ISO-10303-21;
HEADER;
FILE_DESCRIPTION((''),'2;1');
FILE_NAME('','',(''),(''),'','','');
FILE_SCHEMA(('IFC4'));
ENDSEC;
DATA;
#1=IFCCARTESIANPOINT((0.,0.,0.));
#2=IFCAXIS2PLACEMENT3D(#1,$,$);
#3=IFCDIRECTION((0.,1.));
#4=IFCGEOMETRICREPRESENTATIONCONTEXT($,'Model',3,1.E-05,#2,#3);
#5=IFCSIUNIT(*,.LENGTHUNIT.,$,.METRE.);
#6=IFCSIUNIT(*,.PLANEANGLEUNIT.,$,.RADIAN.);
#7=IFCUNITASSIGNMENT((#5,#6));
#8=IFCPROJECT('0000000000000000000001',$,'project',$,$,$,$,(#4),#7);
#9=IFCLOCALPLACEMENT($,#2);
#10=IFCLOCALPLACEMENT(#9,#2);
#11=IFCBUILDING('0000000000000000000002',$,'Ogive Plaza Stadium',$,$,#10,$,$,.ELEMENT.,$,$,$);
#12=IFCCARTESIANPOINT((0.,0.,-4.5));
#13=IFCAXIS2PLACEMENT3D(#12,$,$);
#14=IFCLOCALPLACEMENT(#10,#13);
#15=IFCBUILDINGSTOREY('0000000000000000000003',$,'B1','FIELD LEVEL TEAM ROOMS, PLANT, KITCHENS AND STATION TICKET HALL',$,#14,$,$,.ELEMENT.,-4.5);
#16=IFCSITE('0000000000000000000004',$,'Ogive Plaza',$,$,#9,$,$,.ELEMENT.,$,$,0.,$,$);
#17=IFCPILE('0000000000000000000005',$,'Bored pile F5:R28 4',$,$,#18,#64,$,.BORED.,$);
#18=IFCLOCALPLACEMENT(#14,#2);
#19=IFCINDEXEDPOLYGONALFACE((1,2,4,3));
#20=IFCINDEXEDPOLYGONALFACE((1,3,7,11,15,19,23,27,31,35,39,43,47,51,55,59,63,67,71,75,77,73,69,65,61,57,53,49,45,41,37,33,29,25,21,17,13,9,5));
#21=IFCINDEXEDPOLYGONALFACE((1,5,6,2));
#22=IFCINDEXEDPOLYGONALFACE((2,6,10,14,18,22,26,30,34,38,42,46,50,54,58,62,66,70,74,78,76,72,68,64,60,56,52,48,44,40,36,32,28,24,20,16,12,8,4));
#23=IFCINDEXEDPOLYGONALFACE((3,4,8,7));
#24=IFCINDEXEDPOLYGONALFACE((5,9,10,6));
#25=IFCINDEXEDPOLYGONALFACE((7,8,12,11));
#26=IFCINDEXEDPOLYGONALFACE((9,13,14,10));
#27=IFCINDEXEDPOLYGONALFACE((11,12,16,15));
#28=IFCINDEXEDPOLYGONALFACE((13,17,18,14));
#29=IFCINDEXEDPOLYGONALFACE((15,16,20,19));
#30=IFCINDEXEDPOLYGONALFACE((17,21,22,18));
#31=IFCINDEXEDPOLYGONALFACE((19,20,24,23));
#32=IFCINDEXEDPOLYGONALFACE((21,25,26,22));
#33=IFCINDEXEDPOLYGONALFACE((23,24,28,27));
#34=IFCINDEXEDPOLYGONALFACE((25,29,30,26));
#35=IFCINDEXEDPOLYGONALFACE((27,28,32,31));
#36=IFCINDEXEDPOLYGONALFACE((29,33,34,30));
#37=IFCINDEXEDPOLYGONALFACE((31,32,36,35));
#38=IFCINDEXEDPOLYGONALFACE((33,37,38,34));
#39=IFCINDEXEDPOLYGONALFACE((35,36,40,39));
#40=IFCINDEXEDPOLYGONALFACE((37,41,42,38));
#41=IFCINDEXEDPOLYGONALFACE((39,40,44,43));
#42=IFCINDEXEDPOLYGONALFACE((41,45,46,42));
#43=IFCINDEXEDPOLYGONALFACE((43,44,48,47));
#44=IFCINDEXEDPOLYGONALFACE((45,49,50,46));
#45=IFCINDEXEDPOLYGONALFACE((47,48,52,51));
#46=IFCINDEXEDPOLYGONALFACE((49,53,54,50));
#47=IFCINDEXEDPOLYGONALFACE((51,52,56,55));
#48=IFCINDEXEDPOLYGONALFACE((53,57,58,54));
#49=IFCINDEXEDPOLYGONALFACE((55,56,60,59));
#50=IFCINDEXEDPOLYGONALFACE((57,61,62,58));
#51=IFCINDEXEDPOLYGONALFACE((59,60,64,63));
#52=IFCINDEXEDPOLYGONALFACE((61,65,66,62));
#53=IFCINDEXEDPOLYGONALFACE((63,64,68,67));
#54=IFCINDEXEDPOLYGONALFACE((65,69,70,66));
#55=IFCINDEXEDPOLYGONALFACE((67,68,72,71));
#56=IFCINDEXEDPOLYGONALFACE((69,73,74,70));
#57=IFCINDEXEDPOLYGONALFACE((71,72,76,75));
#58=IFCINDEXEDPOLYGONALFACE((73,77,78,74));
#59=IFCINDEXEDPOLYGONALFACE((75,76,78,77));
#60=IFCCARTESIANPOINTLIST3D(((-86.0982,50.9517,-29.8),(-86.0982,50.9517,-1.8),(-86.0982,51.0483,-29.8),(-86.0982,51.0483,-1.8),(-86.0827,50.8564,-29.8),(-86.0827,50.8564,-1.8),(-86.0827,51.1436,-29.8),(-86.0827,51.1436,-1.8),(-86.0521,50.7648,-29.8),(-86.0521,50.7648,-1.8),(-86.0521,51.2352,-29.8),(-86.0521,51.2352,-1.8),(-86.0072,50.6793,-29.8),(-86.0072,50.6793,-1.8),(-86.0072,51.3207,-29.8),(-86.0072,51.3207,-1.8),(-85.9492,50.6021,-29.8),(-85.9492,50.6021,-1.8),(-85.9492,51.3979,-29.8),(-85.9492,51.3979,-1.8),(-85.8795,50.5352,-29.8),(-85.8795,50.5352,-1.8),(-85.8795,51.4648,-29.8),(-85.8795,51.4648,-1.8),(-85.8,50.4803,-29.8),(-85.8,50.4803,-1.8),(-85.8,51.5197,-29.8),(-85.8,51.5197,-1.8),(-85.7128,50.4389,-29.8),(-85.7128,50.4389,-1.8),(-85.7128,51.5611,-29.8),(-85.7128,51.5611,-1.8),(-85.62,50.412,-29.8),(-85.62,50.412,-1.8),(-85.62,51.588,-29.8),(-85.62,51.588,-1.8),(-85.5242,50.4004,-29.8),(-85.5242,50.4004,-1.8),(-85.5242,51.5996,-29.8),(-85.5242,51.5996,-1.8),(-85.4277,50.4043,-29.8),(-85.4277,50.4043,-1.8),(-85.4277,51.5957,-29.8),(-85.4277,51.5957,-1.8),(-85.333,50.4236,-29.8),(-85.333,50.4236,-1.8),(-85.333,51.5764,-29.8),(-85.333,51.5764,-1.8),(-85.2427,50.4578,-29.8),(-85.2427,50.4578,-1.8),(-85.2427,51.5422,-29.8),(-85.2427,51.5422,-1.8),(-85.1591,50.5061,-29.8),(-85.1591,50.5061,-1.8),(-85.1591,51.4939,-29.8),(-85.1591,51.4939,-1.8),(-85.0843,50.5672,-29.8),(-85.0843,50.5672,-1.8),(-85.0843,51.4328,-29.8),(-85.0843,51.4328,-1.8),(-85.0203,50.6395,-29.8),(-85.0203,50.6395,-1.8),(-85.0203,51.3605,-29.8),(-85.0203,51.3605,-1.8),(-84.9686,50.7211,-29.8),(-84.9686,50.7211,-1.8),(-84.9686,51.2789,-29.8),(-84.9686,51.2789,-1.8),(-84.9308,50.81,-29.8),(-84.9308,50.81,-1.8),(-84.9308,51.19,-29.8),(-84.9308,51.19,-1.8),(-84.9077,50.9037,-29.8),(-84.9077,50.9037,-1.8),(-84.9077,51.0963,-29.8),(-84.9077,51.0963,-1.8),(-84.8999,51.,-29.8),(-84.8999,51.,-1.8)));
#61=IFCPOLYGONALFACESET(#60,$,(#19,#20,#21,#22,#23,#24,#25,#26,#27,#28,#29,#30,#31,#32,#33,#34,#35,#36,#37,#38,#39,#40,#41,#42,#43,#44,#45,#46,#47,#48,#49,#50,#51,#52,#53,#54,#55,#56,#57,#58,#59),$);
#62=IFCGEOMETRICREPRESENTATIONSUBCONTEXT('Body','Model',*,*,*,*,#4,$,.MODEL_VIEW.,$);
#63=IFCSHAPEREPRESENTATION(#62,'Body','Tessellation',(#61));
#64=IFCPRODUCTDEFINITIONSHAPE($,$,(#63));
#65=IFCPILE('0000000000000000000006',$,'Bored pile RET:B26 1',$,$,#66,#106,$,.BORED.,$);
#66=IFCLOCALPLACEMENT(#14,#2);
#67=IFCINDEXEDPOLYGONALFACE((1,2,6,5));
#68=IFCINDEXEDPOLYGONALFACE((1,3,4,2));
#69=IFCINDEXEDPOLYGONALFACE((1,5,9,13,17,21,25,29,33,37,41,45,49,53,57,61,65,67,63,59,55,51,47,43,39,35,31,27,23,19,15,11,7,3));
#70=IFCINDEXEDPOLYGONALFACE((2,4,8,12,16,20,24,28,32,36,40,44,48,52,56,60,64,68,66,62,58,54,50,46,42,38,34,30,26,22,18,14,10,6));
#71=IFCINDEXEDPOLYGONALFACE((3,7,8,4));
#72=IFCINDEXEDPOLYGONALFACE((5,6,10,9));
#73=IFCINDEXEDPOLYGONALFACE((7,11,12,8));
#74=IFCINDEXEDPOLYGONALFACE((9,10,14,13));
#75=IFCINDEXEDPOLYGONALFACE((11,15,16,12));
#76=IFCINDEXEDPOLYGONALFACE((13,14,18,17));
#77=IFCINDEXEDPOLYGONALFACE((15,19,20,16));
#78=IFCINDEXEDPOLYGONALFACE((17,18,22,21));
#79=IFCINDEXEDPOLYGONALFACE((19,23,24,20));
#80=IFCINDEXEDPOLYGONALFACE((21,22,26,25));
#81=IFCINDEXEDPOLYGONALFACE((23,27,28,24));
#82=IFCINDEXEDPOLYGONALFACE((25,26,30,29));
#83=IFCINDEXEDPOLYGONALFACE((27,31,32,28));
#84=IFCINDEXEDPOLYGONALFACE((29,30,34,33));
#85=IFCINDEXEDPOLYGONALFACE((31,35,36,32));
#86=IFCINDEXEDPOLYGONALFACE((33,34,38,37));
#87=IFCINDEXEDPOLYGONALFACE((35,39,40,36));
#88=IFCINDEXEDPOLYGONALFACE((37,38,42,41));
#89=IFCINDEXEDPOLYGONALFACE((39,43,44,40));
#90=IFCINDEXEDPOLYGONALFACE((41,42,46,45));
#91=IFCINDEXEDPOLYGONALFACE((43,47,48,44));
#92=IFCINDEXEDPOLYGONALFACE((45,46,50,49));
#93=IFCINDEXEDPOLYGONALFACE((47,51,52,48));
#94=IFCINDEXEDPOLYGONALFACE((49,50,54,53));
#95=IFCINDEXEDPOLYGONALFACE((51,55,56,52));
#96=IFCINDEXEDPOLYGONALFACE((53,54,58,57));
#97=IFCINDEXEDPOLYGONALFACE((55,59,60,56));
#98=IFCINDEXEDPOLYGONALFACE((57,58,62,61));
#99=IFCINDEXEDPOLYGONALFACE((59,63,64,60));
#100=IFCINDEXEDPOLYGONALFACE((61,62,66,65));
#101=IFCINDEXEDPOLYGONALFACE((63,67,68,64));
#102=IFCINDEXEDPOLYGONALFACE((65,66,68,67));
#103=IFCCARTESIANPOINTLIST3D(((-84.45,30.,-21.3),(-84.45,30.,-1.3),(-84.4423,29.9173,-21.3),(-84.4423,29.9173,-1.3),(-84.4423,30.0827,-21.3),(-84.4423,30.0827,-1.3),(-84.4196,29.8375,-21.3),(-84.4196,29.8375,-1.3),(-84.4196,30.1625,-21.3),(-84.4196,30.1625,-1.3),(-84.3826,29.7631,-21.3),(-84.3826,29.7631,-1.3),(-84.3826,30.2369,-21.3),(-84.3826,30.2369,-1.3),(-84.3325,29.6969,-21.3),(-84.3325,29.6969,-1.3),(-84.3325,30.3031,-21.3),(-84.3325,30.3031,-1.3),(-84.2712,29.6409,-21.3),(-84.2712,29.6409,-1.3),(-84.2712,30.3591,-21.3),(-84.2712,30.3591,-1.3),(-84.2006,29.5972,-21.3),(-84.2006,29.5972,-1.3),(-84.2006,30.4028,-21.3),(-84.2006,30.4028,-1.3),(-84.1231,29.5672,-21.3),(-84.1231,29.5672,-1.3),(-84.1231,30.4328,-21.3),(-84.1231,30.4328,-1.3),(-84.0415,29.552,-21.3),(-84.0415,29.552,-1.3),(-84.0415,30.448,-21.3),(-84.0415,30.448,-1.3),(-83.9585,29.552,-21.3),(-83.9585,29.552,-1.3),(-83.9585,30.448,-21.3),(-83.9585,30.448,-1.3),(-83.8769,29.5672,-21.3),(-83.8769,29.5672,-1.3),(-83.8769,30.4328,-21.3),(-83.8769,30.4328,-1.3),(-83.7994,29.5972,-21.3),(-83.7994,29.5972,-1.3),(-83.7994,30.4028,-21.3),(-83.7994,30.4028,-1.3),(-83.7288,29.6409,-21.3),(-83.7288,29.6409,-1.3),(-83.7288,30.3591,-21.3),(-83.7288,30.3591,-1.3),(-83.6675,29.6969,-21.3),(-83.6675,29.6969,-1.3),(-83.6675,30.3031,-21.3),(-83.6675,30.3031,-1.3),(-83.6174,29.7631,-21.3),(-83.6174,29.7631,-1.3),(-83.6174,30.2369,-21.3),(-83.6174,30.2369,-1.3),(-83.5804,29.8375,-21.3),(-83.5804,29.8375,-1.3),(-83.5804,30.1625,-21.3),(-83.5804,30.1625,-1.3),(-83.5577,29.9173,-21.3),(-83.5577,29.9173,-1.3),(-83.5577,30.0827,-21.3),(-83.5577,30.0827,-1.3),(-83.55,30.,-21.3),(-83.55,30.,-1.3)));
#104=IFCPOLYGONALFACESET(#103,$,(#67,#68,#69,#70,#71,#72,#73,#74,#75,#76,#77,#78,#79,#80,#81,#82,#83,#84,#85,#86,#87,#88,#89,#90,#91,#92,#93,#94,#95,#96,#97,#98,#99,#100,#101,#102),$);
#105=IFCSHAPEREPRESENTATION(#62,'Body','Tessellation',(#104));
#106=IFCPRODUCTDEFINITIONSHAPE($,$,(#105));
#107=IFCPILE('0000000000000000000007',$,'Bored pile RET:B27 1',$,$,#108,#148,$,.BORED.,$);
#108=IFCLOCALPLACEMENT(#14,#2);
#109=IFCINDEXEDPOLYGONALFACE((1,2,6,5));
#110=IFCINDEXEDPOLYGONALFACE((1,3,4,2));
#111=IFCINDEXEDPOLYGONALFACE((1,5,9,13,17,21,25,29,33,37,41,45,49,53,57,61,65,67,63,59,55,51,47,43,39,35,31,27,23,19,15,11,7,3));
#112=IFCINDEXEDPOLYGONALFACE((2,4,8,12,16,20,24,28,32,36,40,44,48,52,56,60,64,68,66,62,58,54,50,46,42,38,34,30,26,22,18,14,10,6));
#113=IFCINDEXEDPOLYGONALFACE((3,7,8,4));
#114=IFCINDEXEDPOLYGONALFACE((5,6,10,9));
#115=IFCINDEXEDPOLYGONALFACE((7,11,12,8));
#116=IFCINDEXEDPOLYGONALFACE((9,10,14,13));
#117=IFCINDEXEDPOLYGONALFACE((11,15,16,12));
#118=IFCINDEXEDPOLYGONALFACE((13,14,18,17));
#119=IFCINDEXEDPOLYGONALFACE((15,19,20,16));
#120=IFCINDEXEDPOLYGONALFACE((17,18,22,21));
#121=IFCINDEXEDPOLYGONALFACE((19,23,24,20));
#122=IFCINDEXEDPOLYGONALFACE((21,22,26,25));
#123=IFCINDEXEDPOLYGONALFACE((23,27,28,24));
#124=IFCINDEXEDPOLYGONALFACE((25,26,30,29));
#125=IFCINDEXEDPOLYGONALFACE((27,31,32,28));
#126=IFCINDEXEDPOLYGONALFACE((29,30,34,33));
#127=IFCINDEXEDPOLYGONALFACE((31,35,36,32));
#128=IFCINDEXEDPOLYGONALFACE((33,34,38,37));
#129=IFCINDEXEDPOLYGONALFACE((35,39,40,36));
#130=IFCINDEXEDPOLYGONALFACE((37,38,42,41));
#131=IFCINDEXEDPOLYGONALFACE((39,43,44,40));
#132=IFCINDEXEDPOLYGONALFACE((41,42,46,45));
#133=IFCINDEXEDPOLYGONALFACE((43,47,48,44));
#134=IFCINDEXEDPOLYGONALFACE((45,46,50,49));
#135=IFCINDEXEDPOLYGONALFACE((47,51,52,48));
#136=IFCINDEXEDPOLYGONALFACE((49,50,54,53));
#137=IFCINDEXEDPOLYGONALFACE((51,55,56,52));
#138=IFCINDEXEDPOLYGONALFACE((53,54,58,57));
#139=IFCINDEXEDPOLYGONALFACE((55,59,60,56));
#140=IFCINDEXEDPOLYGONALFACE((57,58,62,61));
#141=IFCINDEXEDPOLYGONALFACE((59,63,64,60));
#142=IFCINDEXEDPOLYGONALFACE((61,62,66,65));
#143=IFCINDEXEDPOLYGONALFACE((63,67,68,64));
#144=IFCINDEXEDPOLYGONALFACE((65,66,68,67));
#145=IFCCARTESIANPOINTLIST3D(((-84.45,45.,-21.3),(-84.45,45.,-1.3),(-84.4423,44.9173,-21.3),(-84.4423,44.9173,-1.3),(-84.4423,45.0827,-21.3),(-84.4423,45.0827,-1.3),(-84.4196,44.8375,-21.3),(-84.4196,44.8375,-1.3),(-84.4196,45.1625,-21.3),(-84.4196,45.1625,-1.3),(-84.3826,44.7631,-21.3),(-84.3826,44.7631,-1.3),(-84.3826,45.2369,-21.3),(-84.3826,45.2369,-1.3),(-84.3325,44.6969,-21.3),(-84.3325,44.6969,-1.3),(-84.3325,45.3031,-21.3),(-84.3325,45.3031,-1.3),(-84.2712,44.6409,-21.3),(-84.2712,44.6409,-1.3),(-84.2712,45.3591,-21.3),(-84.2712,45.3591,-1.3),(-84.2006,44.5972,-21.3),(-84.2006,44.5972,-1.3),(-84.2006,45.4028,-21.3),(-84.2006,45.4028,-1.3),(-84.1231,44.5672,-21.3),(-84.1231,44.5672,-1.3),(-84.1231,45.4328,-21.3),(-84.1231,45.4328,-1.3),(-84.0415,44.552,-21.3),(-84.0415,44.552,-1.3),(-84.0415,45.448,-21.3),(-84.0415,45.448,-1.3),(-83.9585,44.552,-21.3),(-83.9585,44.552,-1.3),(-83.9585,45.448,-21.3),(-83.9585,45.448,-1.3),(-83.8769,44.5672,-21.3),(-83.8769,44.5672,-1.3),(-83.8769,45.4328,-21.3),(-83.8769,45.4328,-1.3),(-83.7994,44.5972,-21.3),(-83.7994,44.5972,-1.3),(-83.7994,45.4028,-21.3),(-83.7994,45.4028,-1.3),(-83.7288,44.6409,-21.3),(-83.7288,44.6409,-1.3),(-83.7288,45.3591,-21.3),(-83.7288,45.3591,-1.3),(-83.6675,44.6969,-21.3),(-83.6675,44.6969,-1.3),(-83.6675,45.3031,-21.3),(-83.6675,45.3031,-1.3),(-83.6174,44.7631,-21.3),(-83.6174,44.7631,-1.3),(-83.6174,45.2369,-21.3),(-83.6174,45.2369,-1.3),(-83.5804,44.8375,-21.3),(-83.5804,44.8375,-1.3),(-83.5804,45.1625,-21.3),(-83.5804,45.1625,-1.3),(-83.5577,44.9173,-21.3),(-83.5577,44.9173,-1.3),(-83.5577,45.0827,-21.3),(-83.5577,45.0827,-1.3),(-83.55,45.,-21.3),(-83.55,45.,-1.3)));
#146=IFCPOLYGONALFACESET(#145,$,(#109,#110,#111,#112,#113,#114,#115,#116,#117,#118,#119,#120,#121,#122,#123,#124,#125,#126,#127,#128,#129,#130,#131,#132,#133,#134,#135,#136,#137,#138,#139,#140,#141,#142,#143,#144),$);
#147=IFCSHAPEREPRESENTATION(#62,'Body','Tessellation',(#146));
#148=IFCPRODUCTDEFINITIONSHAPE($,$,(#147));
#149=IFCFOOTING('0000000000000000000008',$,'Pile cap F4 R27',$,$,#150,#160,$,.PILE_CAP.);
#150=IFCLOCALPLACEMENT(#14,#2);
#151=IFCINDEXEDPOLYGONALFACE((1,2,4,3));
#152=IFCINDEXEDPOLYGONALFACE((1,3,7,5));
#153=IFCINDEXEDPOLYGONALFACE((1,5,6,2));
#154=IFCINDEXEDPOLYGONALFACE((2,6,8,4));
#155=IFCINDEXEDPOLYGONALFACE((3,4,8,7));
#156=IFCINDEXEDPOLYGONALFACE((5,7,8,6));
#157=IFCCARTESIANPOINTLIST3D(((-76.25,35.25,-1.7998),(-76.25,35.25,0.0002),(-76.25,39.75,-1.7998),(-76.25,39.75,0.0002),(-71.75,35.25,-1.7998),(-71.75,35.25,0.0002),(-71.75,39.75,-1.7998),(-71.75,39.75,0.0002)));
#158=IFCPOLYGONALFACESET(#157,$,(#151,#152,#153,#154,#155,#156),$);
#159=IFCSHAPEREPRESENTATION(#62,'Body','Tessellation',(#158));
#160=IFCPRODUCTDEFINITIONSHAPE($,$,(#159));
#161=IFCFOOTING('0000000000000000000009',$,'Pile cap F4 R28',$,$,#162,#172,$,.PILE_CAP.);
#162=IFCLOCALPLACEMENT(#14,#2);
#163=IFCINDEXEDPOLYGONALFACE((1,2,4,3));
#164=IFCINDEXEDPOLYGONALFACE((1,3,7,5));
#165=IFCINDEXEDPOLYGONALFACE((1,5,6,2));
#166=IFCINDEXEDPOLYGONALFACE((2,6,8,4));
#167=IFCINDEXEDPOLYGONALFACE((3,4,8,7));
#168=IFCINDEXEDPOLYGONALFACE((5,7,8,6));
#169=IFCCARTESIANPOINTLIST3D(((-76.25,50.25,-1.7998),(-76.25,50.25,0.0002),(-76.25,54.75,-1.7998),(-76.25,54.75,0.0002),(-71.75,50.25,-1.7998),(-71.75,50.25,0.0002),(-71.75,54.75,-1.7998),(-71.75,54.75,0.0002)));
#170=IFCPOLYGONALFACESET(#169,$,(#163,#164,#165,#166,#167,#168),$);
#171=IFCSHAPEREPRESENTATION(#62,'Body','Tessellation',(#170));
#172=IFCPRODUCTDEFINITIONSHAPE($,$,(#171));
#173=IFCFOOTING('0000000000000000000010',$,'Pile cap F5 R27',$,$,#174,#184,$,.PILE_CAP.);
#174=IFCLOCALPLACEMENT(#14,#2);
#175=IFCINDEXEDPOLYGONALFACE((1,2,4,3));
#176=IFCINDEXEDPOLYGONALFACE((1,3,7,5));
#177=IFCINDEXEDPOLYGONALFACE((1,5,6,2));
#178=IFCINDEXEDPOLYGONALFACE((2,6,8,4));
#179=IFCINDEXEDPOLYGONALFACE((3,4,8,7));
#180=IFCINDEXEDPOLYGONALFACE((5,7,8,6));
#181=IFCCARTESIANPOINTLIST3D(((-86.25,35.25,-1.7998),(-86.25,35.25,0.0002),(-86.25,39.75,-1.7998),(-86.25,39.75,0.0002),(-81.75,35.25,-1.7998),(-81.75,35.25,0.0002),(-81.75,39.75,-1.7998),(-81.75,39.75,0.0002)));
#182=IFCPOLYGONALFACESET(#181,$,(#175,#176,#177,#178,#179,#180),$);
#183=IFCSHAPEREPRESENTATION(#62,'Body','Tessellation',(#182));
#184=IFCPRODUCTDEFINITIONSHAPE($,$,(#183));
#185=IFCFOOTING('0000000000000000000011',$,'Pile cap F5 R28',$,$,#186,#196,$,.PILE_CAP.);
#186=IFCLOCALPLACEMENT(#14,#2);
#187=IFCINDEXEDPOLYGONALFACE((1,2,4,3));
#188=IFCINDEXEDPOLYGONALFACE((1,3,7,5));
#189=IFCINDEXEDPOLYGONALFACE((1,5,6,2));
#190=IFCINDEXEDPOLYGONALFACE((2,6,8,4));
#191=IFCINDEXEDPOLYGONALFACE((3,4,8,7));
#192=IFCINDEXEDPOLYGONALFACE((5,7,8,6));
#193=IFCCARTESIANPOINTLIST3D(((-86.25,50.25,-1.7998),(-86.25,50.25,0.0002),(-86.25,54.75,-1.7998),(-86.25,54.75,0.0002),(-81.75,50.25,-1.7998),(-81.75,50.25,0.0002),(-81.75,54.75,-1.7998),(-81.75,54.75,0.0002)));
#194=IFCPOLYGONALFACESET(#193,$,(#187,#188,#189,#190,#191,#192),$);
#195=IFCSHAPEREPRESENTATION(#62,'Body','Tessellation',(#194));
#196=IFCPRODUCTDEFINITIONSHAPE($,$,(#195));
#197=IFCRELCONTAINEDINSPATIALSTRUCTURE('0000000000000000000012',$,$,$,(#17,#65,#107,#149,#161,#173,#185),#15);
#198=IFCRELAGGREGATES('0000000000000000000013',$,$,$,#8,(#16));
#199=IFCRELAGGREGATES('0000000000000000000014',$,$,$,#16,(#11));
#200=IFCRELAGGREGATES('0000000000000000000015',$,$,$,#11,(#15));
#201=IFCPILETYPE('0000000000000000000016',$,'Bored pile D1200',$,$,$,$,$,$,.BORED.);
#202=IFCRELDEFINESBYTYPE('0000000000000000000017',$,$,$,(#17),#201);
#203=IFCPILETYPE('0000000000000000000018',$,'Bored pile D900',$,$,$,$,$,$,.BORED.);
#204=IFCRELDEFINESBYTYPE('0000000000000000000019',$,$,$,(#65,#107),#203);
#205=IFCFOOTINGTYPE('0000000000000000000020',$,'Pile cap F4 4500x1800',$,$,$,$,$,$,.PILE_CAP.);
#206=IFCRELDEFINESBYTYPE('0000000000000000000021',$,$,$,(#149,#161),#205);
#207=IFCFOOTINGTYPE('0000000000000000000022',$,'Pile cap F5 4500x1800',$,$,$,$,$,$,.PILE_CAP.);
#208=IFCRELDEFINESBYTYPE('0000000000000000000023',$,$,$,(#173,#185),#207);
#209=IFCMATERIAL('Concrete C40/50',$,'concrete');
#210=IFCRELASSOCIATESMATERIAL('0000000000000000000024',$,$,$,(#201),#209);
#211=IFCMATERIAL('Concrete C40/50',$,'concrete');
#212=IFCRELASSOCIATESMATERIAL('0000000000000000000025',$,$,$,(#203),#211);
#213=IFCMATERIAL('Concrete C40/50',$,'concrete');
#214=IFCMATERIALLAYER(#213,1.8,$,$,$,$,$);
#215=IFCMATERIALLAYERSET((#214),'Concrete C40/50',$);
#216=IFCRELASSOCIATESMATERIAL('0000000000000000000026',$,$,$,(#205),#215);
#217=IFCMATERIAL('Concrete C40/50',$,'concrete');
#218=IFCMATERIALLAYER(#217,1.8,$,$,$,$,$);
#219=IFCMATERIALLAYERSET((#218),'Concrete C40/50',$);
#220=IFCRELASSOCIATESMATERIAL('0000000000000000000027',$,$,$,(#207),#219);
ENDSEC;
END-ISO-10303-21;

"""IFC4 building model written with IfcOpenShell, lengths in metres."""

from ifc_helpers import new_model, si_unit, direction, frame, origin, origin_2d, place, context, subcontext, project, spatial, rectangle, circle, extrude, material, layer, layer_set, material_profile, profile_set, type_object, element, save


model = new_model("IFC4")

# Units and contexts
model_context = context("Model", 3, precision=1e-05, world=origin(), true_north=direction((0.0, 1.0)))
body_context = subcontext(model_context, "Body", "Model", "MODEL_VIEW")
ifc_project = project(units=[si_unit("LENGTHUNIT", "METRE"), si_unit("PLANEANGLEUNIT", "RADIAN")], contexts=[model_context])

# Site, building, storey
site_placement = place(None, origin())
site = spatial("IfcSite", under=ifc_project, at=site_placement, Name="Ogive Plaza", CompositionType="ELEMENT", RefElevation=0.0)
building_placement = place(site_placement, origin())
building = spatial("IfcBuilding", under=site, at=building_placement, Name="Ogive Plaza Stadium", CompositionType="ELEMENT")
storey_placement = place(building_placement, frame((0.0, 0.0, -4.5)))
storey = spatial("IfcBuildingStorey", under=building, at=storey_placement, Name="B1", Description="FIELD LEVEL TEAM ROOMS, PLANT, KITCHENS AND STATION TICKET HALL", CompositionType="ELEMENT", Elevation=-4.5)

# Piles
ifc_material_1 = material(Name="Concrete C40/50", Category="concrete")
ifc_material_profile_1 = material_profile(ifc_material_1, circle(Radius=0.6001, at=origin_2d()), Name="RC D1200")
ifc_profile_set_1 = profile_set([ifc_material_profile_1], Name="Concrete C40/50")
pile_type_1 = type_object("IfcPileType", Name="Bored pile D1200", PredefinedType="BORED", material=ifc_profile_set_1)
for number, where, z_axis, x_axis, name in (
    (1, (-85.5, 51.0, -1.8), (0.0, 0.0, -1.0), (1.0, 0.0, 0.0), "Bored pile F5:R28 4"),
):
    element("IfcPile", number, at=place(storey_placement, frame(where, z_axis=z_axis, x_axis=x_axis)), inside=storey, type_object=pile_type_1, Name=name, PredefinedType="BORED", context=body_context, shape_type="SweptSolid", body=[
        extrude(circle(Radius=0.6001, at=origin_2d()), origin(), (0.0, 0.0, 1.0), 28.0),
    ])
ifc_material_2 = material(Name="Concrete C40/50", Category="concrete")
ifc_material_profile_2 = material_profile(ifc_material_2, circle(Radius=0.45, at=origin_2d()), Name="RC D900")
ifc_profile_set_2 = profile_set([ifc_material_profile_2], Name="Concrete C40/50")
pile_type_2 = type_object("IfcPileType", Name="Bored pile D900", PredefinedType="BORED", material=ifc_profile_set_2)
for number, where, z_axis, x_axis, name in (
    (2, (-84.0, 30.0, -1.3), (0.0, 0.0, -1.0), (1.0, 0.0, 0.0), "Bored pile RET:B26 1"),
    (3, (-84.0, 45.0, -1.3), (0.0, 0.0, -1.0), (1.0, 0.0, 0.0), "Bored pile RET:B27 1"),
):
    element("IfcPile", number, at=place(storey_placement, frame(where, z_axis=z_axis, x_axis=x_axis)), inside=storey, type_object=pile_type_2, Name=name, PredefinedType="BORED", context=body_context, shape_type="SweptSolid", body=[
        extrude(circle(Radius=0.45, at=origin_2d()), origin(), (0.0, 0.0, 1.0), 20.0),
    ])

# Footings
ifc_material_3 = material(Name="Concrete C40/50", Category="concrete")
ifc_layer_1 = layer(ifc_material_3, 1.8)
ifc_layer_set_1 = layer_set([ifc_layer_1], Name="Concrete C40/50")
footing_type_1 = type_object("IfcFootingType", Name="Pile cap F4 4500x1800", PredefinedType="PILE_CAP", material=ifc_layer_set_1)
for number, where, z_axis, x_axis, name in (
    (4, (-74.0, 37.5, -1.7998), (0.0, 0.0, 1.0), (-1.0, 0.0, 0.0), "Pile cap F4 R27"),
    (5, (-74.0, 52.5, -1.7998), (0.0, 0.0, 1.0), (-1.0, 0.0, 0.0), "Pile cap F4 R28"),
):
    element("IfcFooting", number, at=place(storey_placement, frame(where, z_axis=z_axis, x_axis=x_axis)), inside=storey, type_object=footing_type_1, Name=name, PredefinedType="PILE_CAP", context=body_context, shape_type="SweptSolid", body=[
        extrude(rectangle(XDim=4.5, YDim=4.5, at=origin_2d()), origin(), (0.0, 0.0, 1.0), 1.8),
    ])
ifc_material_4 = material(Name="Concrete C40/50", Category="concrete")
ifc_layer_2 = layer(ifc_material_4, 1.8)
ifc_layer_set_2 = layer_set([ifc_layer_2], Name="Concrete C40/50")
footing_type_2 = type_object("IfcFootingType", Name="Pile cap F5 4500x1800", PredefinedType="PILE_CAP", material=ifc_layer_set_2)
for number, where, z_axis, x_axis, name in (
    (6, (-84.0, 37.5, -1.7998), (0.0, 0.0, 1.0), (-1.0, 0.0, 0.0), "Pile cap F5 R27"),
    (7, (-84.0, 52.5, -1.7998), (0.0, 0.0, 1.0), (-1.0, 0.0, 0.0), "Pile cap F5 R28"),
):
    element("IfcFooting", number, at=place(storey_placement, frame(where, z_axis=z_axis, x_axis=x_axis)), inside=storey, type_object=footing_type_2, Name=name, PredefinedType="PILE_CAP", context=body_context, shape_type="SweptSolid", body=[
        extrude(rectangle(XDim=4.5, YDim=4.5, at=origin_2d()), origin(), (0.0, 0.0, 1.0), 1.8),
    ])

save(model, "model.ifc")
